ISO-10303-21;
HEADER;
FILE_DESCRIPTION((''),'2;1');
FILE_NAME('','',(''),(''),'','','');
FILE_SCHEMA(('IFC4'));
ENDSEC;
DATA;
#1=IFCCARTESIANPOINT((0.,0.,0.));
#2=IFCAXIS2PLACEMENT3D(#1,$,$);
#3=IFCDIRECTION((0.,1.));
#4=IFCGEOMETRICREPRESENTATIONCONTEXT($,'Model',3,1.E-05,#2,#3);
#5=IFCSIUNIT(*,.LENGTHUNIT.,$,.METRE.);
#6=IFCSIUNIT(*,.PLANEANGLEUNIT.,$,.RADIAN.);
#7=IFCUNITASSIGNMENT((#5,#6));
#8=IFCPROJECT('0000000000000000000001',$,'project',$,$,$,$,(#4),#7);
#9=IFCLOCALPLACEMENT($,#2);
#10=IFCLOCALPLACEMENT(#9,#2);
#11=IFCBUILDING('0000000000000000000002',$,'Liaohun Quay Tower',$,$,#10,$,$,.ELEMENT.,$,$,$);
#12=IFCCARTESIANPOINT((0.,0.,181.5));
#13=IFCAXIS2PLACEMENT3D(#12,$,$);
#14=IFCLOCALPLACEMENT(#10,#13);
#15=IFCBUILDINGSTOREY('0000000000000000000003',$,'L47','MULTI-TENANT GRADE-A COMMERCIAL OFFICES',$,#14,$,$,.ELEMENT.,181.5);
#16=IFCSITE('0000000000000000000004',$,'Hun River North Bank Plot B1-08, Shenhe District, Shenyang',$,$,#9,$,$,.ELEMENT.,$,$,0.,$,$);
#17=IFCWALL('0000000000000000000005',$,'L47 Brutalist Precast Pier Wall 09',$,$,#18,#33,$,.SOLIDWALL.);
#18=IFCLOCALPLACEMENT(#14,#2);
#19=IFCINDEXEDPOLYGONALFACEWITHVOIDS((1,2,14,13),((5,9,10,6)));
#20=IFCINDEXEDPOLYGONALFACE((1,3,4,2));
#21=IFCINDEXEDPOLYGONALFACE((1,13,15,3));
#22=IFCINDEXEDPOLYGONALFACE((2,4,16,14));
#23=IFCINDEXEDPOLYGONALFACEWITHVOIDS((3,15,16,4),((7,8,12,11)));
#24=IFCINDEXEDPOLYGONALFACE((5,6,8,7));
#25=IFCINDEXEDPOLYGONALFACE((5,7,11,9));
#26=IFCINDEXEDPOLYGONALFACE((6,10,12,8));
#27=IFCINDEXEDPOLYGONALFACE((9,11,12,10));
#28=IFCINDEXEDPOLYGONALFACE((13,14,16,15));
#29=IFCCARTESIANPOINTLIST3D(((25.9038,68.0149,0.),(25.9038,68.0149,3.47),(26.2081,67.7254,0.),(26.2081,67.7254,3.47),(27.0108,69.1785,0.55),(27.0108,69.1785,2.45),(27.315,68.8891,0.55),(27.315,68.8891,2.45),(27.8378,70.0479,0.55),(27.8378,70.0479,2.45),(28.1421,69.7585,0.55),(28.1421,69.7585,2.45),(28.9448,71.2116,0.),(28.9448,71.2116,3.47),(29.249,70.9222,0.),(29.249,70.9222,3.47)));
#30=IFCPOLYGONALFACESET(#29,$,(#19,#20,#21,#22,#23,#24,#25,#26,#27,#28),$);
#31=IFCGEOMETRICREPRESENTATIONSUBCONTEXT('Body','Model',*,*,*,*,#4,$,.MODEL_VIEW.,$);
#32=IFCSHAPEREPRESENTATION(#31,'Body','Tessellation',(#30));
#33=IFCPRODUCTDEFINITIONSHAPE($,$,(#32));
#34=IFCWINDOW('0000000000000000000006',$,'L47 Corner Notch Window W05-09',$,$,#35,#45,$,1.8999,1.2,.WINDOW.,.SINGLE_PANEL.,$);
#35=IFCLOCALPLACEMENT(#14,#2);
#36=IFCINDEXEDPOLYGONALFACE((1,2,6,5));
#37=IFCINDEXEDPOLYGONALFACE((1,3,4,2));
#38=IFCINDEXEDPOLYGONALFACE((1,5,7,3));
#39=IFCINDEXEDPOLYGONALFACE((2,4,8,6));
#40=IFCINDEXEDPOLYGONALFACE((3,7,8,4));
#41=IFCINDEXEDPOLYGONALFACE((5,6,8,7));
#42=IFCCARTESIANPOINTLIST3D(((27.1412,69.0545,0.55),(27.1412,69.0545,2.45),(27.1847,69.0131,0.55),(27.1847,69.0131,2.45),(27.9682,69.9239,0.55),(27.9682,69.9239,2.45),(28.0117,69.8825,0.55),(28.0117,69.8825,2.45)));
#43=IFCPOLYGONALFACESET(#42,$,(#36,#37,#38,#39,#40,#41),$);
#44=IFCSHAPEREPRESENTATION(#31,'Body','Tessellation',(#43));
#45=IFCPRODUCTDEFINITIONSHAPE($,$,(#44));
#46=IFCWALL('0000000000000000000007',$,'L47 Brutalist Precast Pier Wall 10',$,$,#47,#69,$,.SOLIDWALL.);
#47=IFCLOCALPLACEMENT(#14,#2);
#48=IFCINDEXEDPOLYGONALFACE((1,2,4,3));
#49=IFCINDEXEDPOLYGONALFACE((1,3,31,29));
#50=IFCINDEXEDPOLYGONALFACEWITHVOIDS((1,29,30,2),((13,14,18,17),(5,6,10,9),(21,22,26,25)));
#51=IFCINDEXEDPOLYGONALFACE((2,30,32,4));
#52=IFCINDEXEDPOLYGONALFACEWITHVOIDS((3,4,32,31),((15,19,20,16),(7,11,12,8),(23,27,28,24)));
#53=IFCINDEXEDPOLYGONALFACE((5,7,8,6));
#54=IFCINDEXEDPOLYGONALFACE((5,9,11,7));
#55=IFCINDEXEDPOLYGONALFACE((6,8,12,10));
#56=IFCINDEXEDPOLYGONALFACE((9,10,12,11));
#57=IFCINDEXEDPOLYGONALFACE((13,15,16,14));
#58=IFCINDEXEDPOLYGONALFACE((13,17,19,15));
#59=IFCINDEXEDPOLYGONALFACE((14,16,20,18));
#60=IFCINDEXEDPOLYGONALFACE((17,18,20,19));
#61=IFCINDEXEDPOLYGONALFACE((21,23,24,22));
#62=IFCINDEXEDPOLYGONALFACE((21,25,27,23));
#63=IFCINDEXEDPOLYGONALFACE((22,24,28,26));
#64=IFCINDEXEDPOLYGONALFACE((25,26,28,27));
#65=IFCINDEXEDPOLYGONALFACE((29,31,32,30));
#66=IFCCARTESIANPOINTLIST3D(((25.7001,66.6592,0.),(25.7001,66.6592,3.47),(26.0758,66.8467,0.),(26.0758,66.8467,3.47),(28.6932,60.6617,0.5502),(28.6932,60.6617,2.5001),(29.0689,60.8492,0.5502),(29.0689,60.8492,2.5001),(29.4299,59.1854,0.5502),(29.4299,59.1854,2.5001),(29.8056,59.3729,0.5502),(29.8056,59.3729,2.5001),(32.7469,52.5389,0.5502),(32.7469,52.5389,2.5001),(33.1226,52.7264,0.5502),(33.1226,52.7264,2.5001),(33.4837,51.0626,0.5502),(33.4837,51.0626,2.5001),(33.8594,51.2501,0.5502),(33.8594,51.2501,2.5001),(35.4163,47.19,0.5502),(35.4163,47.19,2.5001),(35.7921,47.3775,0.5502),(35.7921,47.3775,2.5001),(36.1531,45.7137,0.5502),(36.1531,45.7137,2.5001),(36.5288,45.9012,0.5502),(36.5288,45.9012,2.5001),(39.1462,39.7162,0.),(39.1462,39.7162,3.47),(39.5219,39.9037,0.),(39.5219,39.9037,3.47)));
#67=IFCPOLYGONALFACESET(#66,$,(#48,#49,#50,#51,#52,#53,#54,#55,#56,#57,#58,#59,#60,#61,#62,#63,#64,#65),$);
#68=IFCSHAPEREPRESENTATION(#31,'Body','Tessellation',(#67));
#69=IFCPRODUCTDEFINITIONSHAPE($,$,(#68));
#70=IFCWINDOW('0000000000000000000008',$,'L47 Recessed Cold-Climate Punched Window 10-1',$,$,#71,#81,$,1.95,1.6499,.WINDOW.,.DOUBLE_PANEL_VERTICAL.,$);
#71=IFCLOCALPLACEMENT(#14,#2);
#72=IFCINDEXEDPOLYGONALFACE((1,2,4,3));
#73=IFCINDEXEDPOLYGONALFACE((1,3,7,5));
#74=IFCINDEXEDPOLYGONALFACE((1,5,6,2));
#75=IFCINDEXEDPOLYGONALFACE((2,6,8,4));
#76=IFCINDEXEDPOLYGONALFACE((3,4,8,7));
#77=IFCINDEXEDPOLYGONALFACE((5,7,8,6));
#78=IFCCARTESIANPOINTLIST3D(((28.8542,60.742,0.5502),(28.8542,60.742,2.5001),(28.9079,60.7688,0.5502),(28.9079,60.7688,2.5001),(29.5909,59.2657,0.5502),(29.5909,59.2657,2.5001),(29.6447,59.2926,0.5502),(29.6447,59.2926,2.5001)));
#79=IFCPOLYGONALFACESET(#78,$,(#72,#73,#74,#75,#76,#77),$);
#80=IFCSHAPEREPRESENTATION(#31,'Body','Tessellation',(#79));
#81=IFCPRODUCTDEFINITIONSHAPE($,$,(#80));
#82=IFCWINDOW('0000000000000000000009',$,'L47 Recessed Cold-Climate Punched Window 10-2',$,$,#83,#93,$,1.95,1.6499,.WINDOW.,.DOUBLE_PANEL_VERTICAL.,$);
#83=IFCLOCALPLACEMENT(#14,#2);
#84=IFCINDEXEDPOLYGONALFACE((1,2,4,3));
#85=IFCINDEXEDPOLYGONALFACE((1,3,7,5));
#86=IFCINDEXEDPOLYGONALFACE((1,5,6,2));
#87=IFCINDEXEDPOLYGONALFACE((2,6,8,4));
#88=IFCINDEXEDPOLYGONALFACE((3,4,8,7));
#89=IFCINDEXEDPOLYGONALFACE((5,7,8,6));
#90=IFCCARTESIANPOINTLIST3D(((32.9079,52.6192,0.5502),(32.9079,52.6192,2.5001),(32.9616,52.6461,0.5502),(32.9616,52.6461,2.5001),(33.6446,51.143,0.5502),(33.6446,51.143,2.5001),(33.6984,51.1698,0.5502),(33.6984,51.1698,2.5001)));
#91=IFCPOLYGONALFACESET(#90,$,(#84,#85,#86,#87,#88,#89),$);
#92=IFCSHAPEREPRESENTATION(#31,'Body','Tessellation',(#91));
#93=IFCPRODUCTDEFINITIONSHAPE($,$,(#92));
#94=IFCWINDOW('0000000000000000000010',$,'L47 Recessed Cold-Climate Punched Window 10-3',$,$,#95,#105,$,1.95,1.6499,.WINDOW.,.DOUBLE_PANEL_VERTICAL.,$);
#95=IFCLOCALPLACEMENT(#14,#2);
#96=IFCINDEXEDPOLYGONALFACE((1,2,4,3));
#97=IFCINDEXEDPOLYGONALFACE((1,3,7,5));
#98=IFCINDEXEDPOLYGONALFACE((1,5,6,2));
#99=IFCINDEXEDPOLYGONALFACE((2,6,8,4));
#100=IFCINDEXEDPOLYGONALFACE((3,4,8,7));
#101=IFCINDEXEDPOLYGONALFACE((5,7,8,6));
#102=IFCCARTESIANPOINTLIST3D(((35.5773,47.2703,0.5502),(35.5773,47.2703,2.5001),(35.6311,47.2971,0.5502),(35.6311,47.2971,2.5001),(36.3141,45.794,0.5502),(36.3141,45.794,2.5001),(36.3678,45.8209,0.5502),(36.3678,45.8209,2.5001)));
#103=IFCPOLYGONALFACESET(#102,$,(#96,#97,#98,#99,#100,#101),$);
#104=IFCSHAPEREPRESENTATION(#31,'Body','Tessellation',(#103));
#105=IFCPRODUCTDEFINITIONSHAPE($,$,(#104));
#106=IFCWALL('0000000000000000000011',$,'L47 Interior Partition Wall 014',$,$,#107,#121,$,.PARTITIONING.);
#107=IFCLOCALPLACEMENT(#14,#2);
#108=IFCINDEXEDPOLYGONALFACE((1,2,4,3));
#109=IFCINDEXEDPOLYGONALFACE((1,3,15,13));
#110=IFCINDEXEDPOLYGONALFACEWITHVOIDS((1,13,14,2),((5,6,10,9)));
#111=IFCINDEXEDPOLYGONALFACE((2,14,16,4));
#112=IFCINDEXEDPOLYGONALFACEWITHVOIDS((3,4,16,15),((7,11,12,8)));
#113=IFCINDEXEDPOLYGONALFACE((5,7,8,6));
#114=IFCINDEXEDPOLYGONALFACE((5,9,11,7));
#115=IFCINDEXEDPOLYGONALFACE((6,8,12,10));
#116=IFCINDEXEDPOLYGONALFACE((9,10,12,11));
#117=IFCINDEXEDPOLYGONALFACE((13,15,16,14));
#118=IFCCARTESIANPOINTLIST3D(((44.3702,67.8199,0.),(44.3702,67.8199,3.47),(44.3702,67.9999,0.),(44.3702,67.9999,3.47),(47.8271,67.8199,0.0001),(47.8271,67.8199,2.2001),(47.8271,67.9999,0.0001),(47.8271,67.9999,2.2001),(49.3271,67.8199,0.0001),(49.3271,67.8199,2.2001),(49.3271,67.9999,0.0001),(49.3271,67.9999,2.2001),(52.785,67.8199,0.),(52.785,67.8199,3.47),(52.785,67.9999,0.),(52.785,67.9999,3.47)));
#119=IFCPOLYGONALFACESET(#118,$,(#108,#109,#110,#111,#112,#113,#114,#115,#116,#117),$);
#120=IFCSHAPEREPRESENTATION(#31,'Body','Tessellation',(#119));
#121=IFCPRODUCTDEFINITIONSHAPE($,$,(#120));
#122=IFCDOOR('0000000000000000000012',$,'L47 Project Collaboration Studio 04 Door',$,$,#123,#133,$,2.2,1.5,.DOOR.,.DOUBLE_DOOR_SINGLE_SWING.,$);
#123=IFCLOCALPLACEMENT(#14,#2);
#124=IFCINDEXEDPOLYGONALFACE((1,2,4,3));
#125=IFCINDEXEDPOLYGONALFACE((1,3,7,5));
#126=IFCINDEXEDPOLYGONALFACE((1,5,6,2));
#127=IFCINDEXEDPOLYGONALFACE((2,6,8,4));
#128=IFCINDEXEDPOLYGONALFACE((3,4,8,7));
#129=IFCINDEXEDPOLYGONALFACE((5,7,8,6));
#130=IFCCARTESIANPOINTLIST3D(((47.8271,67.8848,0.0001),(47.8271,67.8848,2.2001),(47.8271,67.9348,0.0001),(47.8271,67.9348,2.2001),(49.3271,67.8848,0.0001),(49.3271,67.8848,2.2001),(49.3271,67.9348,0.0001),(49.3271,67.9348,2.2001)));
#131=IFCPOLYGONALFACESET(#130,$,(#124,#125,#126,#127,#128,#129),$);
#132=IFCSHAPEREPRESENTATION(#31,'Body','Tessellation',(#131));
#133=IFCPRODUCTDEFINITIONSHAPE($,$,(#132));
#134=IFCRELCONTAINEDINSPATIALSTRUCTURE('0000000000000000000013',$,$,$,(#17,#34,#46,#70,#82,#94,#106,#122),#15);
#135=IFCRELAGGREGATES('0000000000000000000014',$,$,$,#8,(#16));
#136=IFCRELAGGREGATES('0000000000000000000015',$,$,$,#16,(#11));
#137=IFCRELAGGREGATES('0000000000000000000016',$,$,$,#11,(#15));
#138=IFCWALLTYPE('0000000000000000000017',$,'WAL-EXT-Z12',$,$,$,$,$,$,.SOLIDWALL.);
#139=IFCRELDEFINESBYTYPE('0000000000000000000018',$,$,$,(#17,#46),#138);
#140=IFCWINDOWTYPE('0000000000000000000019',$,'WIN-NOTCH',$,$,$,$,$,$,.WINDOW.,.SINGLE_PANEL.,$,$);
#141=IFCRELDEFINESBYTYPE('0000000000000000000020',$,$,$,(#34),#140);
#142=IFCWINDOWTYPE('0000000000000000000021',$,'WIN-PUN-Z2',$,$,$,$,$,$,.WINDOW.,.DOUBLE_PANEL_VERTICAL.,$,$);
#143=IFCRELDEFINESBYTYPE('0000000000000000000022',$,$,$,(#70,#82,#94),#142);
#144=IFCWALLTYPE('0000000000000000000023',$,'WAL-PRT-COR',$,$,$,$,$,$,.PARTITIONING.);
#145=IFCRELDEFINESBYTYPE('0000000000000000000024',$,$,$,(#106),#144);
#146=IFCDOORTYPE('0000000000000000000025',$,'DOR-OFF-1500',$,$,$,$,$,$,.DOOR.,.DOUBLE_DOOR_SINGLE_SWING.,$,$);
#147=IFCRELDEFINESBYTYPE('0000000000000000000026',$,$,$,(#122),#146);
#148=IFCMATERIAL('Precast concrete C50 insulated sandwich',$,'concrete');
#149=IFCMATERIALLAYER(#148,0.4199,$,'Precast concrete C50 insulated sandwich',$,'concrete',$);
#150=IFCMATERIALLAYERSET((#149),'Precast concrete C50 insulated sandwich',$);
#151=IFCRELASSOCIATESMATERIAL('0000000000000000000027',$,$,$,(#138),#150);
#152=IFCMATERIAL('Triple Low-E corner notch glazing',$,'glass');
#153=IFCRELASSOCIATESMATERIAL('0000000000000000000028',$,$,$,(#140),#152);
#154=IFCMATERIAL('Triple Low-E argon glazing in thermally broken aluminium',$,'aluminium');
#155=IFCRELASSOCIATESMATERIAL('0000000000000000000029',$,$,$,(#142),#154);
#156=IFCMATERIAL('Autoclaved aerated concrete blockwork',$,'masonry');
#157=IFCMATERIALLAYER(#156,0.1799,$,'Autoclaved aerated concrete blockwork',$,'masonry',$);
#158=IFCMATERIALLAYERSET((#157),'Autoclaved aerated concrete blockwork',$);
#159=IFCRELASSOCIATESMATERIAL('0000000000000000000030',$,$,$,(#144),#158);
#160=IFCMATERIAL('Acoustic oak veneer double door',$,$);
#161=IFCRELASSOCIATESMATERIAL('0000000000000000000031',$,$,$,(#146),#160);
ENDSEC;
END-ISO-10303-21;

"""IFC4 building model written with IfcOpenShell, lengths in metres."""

from ifc_helpers import new_model, si_unit, direction, frame, frame_2d, origin, place, context, subcontext, project, spatial, rectangle, extrude, source, transform, mapped, material, layer, layer_set, type_object, element, fill, save


model = new_model("IFC4")

# Units and contexts
model_context = context("Model", 3, precision=1e-05, world=origin(), true_north=direction((0.0, 1.0)))
body_context = subcontext(model_context, "Body", "Model", "MODEL_VIEW")
ifc_project = project(units=[si_unit("LENGTHUNIT", "METRE"), si_unit("PLANEANGLEUNIT", "RADIAN")], contexts=[model_context])

# Site, building, storey
site_placement = place(None, origin())
site = spatial("IfcSite", under=ifc_project, at=site_placement, Name="Hun River North Bank Plot B1-08, Shenhe District, Shenyang", CompositionType="ELEMENT", RefElevation=0.0)
building_placement = place(site_placement, origin())
building = spatial("IfcBuilding", under=site, at=building_placement, Name="Liaohun Quay Tower", CompositionType="ELEMENT")
storey_placement = place(building_placement, frame((0.0, 0.0, 181.5)))
storey = spatial("IfcBuildingStorey", under=building, at=storey_placement, Name="L47", Description="MULTI-TENANT GRADE-A COMMERCIAL OFFICES", CompositionType="ELEMENT", Elevation=181.5)

# Wall, opening, window
ifc_material_1 = material(Name="Precast concrete C50 insulated sandwich", Category="concrete")
ifc_layer_1 = layer(ifc_material_1, 0.4199, Name="Precast concrete C50 insulated sandwich", Category="concrete")
ifc_layer_set_1 = layer_set([ifc_layer_1], Name="Precast concrete C50 insulated sandwich")
wall_type_1 = type_object("IfcWallType", Name="WAL-EXT-Z12", PredefinedType="SOLIDWALL", material=ifc_layer_set_1)
shared_shape_1 = source(origin(), body_context, "Body", "SweptSolid", [
    extrude(rectangle(XDim=1.2, YDim=1.8999, at=frame_2d((0.6001, 0.95))), frame((0.0, 0.22, 0.0), z_axis=(0.0, -1.0, 0.0), x_axis=(1.0, 0.0, 0.0)), (0.0, 0.0, 1.0), 0.4399),
])
ifc_material_2 = material(Name="Triple Low-E corner notch glazing", Category="glass")
window_type_1 = type_object("IfcWindowType", Name="WIN-NOTCH", PartitioningType="SINGLE_PANEL", PredefinedType="WINDOW", material=ifc_material_2)
shared_shape_2 = source(origin(), body_context, "Body", "SweptSolid", [
    extrude(rectangle(XDim=1.2, YDim=1.8999, at=frame_2d((0.6001, 0.95))), frame((0.0, 0.03, 0.0), z_axis=(0.0, -1.0, 0.0), x_axis=(1.0, 0.0, 0.0)), (0.0, 0.0, 1.0), 0.0601),
])
wall_1_placement = place(storey_placement, frame((29.0969, 71.0669, 0.0), z_axis=(0.0, 0.0, 1.0), x_axis=(-0.689235, -0.724538, 0.0)))
wall_1 = element("IfcWall", 1, at=wall_1_placement, inside=storey, type_object=wall_type_1, Name="L47 Brutalist Precast Pier Wall 09", PredefinedType="SOLIDWALL", context=body_context, shape_type="SweptSolid", body=[
    extrude(rectangle(XDim=4.4121, YDim=0.4199, at=frame_2d((2.2061, 0.0))), origin(), (0.0, 0.0, 1.0), 3.47),
])
opening_1_placement = place(wall_1_placement, frame((1.606, 0.0, 0.55)))
opening_1 = element("IfcOpeningElement", 2, at=opening_1_placement, cuts=wall_1, PredefinedType="OPENING", context=body_context, shape_type="MappedRepresentation", body=[
    mapped(shared_shape_1, transform((0.0, 0.0, 0.0), x_axis=(1.0, 0.0, 0.0), y_axis=(0.0, 1.0, 0.0), z_axis=(0.0, 0.0, 1.0), scale=1.0)),
])
window_1_placement = place(opening_1_placement, origin())
window_1 = element("IfcWindow", 3, at=window_1_placement, inside=storey, type_object=window_type_1, Name="L47 Corner Notch Window W05-09", OverallHeight=1.8999, OverallWidth=1.2, PartitioningType="SINGLE_PANEL", PredefinedType="WINDOW", context=body_context, shape_type="MappedRepresentation", body=[
    mapped(shared_shape_2, transform((0.0, 0.0, 0.0), x_axis=(1.0, 0.0, 0.0), y_axis=(0.0, 1.0, 0.0), z_axis=(0.0, 0.0, 1.0), scale=1.0)),
])
fill(opening_1, window_1)

# Wall, openings, windows
wall_2_placement = place(storey_placement, frame((25.8879, 66.7529, 0.0), z_axis=(0.0, 0.0, 1.0), x_axis=(0.446539, -0.894764, 0.0)))
wall_2 = element("IfcWall", 4, at=wall_2_placement, inside=storey, type_object=wall_type_1, Name="L47 Brutalist Precast Pier Wall 10", PredefinedType="SOLIDWALL", context=body_context, shape_type="SweptSolid", body=[
    extrude(rectangle(XDim=30.1118, YDim=0.4199, at=frame_2d((15.0559, 0.0))), origin(), (0.0, 0.0, 1.0), 3.47),
])
shared_shape_3 = source(origin(), body_context, "Body", "SweptSolid", [
    extrude(rectangle(XDim=1.6499, YDim=1.95, at=frame_2d((0.825, 0.9751))), frame((0.0, 0.22, 0.0), z_axis=(0.0, -1.0, 0.0), x_axis=(1.0, 0.0, 0.0)), (0.0, 0.0, 1.0), 0.4399),
])
opening_2_placement = place(wall_2_placement, frame((6.7029, 0.0, 0.55)))
opening_2 = element("IfcOpeningElement", 5, at=opening_2_placement, cuts=wall_2, PredefinedType="OPENING", context=body_context, shape_type="MappedRepresentation", body=[
    mapped(shared_shape_3, transform((0.0, 0.0, 0.0), x_axis=(1.0, 0.0, 0.0), y_axis=(0.0, 1.0, 0.0), z_axis=(0.0, 0.0, 1.0), scale=1.0)),
])
opening_3_placement = place(wall_2_placement, frame((15.781, 0.0, 0.55)))
opening_3 = element("IfcOpeningElement", 6, at=opening_3_placement, cuts=wall_2, PredefinedType="OPENING", context=body_context, shape_type="MappedRepresentation", body=[
    mapped(shared_shape_3, transform((0.0, 0.0, 0.0), x_axis=(1.0, 0.0, 0.0), y_axis=(0.0, 1.0, 0.0), z_axis=(0.0, 0.0, 1.0), scale=1.0)),
])
opening_4_placement = place(wall_2_placement, frame((21.759, 0.0, 0.55)))
opening_4 = element("IfcOpeningElement", 7, at=opening_4_placement, cuts=wall_2, PredefinedType="OPENING", context=body_context, shape_type="MappedRepresentation", body=[
    mapped(shared_shape_3, transform((0.0, 0.0, 0.0), x_axis=(1.0, 0.0, 0.0), y_axis=(0.0, 1.0, 0.0), z_axis=(0.0, 0.0, 1.0), scale=1.0)),
])
ifc_material_3 = material(Name="Triple Low-E argon glazing in thermally broken aluminium", Category="aluminium")
window_type_2 = type_object("IfcWindowType", Name="WIN-PUN-Z2", PartitioningType="DOUBLE_PANEL_VERTICAL", PredefinedType="WINDOW", material=ifc_material_3)
shared_shape_4 = source(origin(), body_context, "Body", "SweptSolid", [
    extrude(rectangle(XDim=1.6499, YDim=1.95, at=frame_2d((0.825, 0.9751))), frame((0.0, 0.03, 0.0), z_axis=(0.0, -1.0, 0.0), x_axis=(1.0, 0.0, 0.0)), (0.0, 0.0, 1.0), 0.0601),
])
window_2_placement = place(opening_2_placement, origin())
window_2 = element("IfcWindow", 8, at=window_2_placement, inside=storey, type_object=window_type_2, Name="L47 Recessed Cold-Climate Punched Window 10-1", OverallHeight=1.95, OverallWidth=1.6499, PartitioningType="DOUBLE_PANEL_VERTICAL", PredefinedType="WINDOW", context=body_context, shape_type="MappedRepresentation", body=[
    mapped(shared_shape_4, transform((0.0, 0.0, 0.0), x_axis=(1.0, 0.0, 0.0), y_axis=(0.0, 1.0, 0.0), z_axis=(0.0, 0.0, 1.0), scale=1.0)),
])
fill(opening_2, window_2)
window_3_placement = place(opening_3_placement, origin())
window_3 = element("IfcWindow", 9, at=window_3_placement, inside=storey, type_object=window_type_2, Name="L47 Recessed Cold-Climate Punched Window 10-2", OverallHeight=1.95, OverallWidth=1.6499, PartitioningType="DOUBLE_PANEL_VERTICAL", PredefinedType="WINDOW", context=body_context, shape_type="MappedRepresentation", body=[
    mapped(shared_shape_4, transform((0.0, 0.0, 0.0), x_axis=(1.0, 0.0, 0.0), y_axis=(0.0, 1.0, 0.0), z_axis=(0.0, 0.0, 1.0), scale=1.0)),
])
fill(opening_3, window_3)
window_4_placement = place(opening_4_placement, origin())
window_4 = element("IfcWindow", 10, at=window_4_placement, inside=storey, type_object=window_type_2, Name="L47 Recessed Cold-Climate Punched Window 10-3", OverallHeight=1.95, OverallWidth=1.6499, PartitioningType="DOUBLE_PANEL_VERTICAL", PredefinedType="WINDOW", context=body_context, shape_type="MappedRepresentation", body=[
    mapped(shared_shape_4, transform((0.0, 0.0, 0.0), x_axis=(1.0, 0.0, 0.0), y_axis=(0.0, 1.0, 0.0), z_axis=(0.0, 0.0, 1.0), scale=1.0)),
])
fill(opening_4, window_4)

# Wall, opening, door
ifc_material_4 = material(Name="Autoclaved aerated concrete blockwork", Category="masonry")
ifc_layer_2 = layer(ifc_material_4, 0.1799, Name="Autoclaved aerated concrete blockwork", Category="masonry")
ifc_layer_set_2 = layer_set([ifc_layer_2], Name="Autoclaved aerated concrete blockwork")
wall_type_2 = type_object("IfcWallType", Name="WAL-PRT-COR", PredefinedType="PARTITIONING", material=ifc_layer_set_2)
wall_3_placement = place(storey_placement, frame((44.3701, 67.9099, 0.0), z_axis=(0.0, 0.0, 1.0), x_axis=(1.0, 0.0, 0.0)))
wall_3 = element("IfcWall", 11, at=wall_3_placement, inside=storey, type_object=wall_type_2, Name="L47 Interior Partition Wall 014", PredefinedType="PARTITIONING", context=body_context, shape_type="SweptSolid", body=[
    extrude(rectangle(XDim=8.4148, YDim=0.1799, at=frame_2d((4.2075, 0.0))), origin(), (0.0, 0.0, 1.0), 3.47),
])
shared_shape_5 = source(origin(), body_context, "Body", "SweptSolid", [
    extrude(rectangle(XDim=1.5, YDim=2.2, at=frame_2d((0.75, 1.1001))), frame((0.0, 0.0999, 0.0), z_axis=(0.0, -1.0, 0.0), x_axis=(1.0, 0.0, 0.0)), (0.0, 0.0, 1.0), 0.2),
])
opening_5_placement = place(wall_3_placement, frame((3.457, 0.0, 0.0)))
opening_5 = element("IfcOpeningElement", 12, at=opening_5_placement, cuts=wall_3, PredefinedType="OPENING", context=body_context, shape_type="MappedRepresentation", body=[
    mapped(shared_shape_5, transform((0.0, 0.0, 0.0), x_axis=(1.0, 0.0, 0.0), y_axis=(0.0, 1.0, 0.0), z_axis=(0.0, 0.0, 1.0), scale=1.0)),
])
ifc_material_5 = material(Name="Acoustic oak veneer double door")
door_type_1 = type_object("IfcDoorType", Name="DOR-OFF-1500", OperationType="DOUBLE_DOOR_SINGLE_SWING", PredefinedType="DOOR", material=ifc_material_5)
shared_shape_6 = source(origin(), body_context, "Body", "SweptSolid", [
    extrude(rectangle(XDim=1.5, YDim=2.2, at=frame_2d((0.75, 1.1001))), frame((0.0, 0.0249, 0.0), z_axis=(0.0, -1.0, 0.0), x_axis=(1.0, 0.0, 0.0)), (0.0, 0.0, 1.0), 0.05),
])
door_1_placement = place(opening_5_placement, origin())
door_1 = element("IfcDoor", 13, at=door_1_placement, inside=storey, type_object=door_type_1, Name="L47 Project Collaboration Studio 04 Door", OperationType="DOUBLE_DOOR_SINGLE_SWING", OverallHeight=2.2, OverallWidth=1.5, PredefinedType="DOOR", context=body_context, shape_type="MappedRepresentation", body=[
    mapped(shared_shape_6, transform((0.0, 0.0, 0.0), x_axis=(1.0, 0.0, 0.0), y_axis=(0.0, 1.0, 0.0), z_axis=(0.0, 0.0, 1.0), scale=1.0)),
])
fill(opening_5, door_1)

save(model, "model.ifc")
